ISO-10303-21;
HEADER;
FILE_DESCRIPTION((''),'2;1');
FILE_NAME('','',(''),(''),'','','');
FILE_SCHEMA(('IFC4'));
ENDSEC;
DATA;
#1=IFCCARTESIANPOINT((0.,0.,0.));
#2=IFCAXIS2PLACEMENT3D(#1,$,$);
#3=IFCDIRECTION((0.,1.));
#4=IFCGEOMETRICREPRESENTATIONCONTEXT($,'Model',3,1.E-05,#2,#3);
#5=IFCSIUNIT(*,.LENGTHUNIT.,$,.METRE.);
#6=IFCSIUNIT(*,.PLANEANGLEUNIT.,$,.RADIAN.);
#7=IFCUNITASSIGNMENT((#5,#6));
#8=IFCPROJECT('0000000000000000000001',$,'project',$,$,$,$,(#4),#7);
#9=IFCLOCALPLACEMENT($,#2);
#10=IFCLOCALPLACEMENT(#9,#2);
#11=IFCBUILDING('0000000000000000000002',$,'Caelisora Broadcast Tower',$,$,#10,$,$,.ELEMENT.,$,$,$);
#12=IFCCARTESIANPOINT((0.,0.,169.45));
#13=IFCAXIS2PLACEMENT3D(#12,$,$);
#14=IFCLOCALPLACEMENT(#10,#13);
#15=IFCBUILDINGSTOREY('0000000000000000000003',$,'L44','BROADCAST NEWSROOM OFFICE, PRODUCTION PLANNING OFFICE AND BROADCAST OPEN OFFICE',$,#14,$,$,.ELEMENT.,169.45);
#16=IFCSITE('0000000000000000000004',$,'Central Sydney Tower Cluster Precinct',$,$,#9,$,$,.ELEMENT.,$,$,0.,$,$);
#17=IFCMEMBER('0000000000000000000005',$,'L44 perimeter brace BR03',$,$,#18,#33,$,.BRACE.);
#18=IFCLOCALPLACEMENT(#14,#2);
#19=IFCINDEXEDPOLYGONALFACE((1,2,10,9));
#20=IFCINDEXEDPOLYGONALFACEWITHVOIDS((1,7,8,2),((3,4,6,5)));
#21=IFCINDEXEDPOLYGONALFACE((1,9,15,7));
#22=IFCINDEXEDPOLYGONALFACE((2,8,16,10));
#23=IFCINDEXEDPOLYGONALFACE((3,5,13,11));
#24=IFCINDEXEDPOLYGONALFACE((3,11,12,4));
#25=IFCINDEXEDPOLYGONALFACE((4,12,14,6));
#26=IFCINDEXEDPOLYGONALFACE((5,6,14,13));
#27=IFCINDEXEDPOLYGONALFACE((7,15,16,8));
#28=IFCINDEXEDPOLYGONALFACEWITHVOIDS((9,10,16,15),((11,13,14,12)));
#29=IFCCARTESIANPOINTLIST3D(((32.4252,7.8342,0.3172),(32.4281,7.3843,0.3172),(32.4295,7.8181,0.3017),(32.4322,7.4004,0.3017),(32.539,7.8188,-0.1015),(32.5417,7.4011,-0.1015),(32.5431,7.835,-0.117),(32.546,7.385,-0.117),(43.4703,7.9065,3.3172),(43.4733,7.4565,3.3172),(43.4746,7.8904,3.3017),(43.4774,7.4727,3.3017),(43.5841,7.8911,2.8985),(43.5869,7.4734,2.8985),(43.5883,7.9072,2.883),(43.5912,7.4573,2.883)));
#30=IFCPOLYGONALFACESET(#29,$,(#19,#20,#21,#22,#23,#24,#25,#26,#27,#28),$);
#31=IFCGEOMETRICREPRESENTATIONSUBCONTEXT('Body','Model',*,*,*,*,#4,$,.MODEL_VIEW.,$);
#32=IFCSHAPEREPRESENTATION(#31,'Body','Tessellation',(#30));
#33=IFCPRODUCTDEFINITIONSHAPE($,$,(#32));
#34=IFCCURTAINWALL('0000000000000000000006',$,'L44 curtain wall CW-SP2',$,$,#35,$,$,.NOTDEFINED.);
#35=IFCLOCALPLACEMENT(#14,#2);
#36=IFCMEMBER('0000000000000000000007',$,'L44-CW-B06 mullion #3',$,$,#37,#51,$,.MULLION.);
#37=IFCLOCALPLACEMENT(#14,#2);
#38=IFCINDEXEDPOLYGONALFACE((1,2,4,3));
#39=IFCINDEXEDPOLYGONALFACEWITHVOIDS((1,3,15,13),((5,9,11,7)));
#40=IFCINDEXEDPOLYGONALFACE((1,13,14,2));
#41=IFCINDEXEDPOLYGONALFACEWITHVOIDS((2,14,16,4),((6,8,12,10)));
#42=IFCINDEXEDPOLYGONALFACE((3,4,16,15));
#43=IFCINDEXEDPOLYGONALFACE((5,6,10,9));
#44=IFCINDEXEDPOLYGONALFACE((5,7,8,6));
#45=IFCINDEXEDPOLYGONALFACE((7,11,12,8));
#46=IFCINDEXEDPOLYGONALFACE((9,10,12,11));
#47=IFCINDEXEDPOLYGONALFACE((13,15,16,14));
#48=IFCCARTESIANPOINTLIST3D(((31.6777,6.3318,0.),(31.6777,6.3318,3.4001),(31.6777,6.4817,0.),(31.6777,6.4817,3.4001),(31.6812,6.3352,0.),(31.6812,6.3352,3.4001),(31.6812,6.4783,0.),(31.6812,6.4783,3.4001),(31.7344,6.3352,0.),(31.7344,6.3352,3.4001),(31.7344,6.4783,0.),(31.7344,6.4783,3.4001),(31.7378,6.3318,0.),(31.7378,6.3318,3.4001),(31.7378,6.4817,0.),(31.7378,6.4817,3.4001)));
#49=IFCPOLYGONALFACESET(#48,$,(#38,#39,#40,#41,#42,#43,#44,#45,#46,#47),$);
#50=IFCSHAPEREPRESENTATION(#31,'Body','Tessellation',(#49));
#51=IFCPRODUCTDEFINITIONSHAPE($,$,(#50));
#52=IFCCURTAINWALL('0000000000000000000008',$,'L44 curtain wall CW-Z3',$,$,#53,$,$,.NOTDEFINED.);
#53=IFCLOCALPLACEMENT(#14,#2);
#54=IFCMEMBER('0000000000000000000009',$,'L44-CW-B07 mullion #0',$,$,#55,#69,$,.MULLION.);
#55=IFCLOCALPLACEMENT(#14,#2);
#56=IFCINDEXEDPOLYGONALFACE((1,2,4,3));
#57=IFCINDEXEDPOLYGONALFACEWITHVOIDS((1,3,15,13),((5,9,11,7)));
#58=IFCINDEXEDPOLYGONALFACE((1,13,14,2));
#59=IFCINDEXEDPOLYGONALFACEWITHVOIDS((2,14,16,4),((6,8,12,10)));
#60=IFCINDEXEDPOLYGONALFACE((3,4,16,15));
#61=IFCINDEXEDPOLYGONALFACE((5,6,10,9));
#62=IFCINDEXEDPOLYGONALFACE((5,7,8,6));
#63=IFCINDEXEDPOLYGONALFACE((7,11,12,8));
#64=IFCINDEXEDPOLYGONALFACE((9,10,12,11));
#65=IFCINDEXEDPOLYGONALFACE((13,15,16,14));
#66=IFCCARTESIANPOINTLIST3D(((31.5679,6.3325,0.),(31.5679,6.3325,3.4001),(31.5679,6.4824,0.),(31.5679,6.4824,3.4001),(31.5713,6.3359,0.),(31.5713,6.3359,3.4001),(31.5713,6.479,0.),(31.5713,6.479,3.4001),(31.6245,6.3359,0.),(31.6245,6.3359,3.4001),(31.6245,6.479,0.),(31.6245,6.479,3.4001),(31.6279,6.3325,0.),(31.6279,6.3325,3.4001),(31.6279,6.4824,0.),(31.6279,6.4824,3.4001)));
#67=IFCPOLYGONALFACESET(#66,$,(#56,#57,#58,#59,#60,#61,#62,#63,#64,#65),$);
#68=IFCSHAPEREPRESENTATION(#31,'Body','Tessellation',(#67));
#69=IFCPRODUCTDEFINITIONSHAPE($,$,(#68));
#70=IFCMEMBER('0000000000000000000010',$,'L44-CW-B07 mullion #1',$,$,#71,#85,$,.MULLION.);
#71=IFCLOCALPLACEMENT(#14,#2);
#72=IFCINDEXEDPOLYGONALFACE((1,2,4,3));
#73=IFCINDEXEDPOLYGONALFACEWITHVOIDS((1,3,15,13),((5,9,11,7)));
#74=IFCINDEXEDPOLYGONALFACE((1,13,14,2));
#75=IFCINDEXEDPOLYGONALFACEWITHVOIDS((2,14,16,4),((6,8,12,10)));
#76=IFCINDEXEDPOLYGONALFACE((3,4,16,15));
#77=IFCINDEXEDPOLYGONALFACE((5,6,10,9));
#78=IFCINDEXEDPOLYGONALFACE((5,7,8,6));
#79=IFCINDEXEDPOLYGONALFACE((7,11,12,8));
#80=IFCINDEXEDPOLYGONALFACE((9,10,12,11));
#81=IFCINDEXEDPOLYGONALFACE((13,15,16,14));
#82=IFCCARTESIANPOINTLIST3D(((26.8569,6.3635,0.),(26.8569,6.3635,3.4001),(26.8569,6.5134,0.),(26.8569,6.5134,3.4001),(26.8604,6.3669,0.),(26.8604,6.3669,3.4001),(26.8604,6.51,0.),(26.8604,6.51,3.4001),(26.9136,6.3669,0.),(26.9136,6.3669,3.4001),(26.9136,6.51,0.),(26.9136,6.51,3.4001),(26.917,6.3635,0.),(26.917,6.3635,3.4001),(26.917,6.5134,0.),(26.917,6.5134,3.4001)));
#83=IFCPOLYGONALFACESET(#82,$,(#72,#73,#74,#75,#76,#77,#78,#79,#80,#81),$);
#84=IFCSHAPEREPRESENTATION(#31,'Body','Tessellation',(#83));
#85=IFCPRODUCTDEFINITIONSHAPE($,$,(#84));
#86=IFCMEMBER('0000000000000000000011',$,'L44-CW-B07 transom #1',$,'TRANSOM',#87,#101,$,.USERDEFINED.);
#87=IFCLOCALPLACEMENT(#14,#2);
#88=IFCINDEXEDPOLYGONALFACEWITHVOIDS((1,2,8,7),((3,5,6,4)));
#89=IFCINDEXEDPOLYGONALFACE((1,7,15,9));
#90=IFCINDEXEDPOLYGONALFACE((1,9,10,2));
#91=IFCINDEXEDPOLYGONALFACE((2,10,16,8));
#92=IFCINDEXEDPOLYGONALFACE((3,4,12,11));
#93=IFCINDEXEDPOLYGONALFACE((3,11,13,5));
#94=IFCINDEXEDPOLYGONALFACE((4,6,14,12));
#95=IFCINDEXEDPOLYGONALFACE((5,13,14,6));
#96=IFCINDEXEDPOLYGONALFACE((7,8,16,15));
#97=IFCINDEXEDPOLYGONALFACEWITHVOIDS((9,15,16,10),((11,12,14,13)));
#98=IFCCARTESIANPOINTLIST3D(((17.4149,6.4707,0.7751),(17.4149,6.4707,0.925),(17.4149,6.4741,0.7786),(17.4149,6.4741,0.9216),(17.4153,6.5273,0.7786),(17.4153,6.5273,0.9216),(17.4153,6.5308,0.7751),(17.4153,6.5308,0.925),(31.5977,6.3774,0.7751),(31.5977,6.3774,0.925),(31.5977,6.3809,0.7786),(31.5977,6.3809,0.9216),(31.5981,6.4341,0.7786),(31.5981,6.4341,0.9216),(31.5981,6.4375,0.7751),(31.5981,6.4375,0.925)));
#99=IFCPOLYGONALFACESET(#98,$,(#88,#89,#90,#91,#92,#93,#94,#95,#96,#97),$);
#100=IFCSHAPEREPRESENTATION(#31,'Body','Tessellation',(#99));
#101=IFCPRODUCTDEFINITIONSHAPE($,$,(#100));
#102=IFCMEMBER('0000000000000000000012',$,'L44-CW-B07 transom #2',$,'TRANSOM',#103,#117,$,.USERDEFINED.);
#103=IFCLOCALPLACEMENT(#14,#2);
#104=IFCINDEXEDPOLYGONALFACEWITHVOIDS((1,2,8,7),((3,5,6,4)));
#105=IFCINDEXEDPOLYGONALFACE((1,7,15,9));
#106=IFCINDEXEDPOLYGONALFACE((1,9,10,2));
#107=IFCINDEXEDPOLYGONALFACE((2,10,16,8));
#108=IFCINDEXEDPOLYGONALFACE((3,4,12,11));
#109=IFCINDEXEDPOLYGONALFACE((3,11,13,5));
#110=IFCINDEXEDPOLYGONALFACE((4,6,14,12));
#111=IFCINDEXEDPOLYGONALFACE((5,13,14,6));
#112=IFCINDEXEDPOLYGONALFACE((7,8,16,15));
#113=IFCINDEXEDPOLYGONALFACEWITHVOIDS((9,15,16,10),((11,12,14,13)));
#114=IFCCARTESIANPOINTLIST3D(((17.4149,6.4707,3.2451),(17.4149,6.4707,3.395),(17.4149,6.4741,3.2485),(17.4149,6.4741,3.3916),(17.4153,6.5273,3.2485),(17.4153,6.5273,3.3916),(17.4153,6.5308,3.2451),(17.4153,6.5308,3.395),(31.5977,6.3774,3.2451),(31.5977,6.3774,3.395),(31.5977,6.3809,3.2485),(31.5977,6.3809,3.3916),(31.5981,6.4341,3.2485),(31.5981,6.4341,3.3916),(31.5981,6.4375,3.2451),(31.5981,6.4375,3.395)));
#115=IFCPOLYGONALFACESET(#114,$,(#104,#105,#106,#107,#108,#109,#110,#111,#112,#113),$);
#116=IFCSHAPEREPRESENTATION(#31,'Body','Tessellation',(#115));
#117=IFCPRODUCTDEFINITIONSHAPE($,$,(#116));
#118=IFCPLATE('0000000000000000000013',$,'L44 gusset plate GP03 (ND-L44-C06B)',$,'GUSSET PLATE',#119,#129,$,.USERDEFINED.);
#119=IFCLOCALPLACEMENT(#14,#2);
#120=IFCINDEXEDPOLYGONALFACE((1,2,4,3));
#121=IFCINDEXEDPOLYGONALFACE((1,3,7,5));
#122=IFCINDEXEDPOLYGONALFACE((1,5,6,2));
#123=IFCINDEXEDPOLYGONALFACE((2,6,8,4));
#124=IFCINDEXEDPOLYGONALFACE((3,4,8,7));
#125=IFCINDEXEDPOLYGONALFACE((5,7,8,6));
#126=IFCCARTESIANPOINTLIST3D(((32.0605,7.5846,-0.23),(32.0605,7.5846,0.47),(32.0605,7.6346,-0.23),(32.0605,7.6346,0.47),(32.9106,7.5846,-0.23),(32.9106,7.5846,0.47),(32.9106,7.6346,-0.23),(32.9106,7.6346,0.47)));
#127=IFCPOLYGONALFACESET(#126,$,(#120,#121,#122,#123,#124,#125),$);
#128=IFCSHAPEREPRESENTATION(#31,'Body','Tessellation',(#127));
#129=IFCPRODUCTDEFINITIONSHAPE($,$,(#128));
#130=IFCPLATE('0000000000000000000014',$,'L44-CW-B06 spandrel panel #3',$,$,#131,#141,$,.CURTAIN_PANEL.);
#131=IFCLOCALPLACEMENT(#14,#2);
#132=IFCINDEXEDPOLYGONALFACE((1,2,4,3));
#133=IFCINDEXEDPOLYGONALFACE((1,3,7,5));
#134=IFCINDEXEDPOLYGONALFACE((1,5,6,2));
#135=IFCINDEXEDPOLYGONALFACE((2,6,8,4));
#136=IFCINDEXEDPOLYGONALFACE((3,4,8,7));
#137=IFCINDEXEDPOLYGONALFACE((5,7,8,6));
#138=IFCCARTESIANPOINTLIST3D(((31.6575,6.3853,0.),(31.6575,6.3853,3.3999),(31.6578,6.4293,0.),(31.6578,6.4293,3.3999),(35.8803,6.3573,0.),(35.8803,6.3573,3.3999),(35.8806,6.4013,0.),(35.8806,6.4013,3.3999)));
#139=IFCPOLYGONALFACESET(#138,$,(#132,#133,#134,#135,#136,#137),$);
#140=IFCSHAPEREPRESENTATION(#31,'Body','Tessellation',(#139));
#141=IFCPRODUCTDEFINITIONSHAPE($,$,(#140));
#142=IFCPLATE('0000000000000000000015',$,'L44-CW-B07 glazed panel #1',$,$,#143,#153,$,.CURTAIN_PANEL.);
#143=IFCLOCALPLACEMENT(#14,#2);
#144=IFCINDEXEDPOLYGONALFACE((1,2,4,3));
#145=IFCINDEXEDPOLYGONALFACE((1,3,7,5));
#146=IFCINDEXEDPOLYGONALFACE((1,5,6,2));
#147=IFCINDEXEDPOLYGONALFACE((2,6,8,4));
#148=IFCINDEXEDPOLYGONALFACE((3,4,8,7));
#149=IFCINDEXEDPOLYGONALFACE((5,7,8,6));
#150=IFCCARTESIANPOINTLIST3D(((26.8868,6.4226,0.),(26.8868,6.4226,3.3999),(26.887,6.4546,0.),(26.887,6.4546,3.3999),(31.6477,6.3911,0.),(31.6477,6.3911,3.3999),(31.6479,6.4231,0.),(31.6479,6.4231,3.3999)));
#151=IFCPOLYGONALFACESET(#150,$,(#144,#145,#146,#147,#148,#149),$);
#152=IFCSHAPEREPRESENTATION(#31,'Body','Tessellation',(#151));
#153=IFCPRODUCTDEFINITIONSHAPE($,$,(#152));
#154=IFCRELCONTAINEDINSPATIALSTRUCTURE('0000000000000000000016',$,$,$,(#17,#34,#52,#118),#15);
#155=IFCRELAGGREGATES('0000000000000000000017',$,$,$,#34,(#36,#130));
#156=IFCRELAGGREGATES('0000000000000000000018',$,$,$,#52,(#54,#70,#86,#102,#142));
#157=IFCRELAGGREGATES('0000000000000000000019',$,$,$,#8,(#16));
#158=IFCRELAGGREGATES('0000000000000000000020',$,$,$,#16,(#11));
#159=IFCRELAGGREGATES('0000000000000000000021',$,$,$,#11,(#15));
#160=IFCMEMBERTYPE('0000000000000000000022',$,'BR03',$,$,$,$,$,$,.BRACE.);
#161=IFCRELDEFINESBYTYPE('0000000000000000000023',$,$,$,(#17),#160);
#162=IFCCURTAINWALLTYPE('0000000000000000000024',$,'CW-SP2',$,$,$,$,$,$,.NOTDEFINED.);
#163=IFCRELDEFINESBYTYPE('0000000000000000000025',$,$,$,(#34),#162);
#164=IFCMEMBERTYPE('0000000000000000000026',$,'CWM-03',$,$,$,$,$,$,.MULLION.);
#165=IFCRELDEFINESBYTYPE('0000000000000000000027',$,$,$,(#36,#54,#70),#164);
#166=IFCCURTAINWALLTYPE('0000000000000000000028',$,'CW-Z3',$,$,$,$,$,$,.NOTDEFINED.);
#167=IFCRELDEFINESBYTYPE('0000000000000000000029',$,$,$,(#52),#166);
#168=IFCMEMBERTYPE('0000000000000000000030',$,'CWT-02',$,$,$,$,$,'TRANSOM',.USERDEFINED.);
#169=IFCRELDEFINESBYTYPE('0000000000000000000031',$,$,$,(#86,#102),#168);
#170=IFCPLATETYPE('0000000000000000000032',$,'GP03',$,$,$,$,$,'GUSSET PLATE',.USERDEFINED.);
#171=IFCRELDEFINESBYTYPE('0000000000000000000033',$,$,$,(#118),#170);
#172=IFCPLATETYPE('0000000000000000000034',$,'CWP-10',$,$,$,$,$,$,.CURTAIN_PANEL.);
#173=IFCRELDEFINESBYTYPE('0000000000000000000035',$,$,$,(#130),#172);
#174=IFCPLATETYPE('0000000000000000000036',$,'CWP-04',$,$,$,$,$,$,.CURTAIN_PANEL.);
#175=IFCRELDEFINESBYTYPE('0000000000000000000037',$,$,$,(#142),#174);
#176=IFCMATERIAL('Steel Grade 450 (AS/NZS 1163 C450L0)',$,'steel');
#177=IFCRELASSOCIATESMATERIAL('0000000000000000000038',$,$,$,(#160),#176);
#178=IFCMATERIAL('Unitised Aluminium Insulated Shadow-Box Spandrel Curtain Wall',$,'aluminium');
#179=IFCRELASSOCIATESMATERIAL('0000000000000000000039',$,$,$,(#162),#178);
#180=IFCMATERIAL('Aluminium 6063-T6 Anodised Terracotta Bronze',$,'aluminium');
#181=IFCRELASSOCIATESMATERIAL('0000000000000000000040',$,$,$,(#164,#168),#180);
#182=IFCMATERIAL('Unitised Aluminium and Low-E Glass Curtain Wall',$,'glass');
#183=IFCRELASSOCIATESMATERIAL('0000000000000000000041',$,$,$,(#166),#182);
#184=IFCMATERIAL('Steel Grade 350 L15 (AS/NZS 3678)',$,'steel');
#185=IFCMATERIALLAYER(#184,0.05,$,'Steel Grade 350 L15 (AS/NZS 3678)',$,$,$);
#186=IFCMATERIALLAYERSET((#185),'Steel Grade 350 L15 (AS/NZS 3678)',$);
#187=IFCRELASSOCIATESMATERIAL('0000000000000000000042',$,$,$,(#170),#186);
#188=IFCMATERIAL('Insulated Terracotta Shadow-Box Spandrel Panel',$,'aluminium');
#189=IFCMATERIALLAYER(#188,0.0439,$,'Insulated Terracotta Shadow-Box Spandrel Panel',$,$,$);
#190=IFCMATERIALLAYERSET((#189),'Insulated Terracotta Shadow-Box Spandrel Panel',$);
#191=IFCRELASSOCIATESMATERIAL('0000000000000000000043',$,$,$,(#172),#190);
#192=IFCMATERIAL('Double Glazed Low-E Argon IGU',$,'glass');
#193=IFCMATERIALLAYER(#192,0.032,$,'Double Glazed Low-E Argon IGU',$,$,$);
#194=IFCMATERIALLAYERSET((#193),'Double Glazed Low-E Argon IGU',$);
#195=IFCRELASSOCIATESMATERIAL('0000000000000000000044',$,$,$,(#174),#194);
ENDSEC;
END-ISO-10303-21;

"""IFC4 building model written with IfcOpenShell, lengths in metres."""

from ifc_helpers import new_model, si_unit, direction, frame, origin, origin_2d, place, context, subcontext, project, spatial, rectangle, hollow_rectangle, extrude, source, transform, mapped, material, layer, layer_set, material_profile, profile_set, type_object, type_shapes, element, aggregate, save


model = new_model("IFC4")

# Units and contexts
model_context = context("Model", 3, precision=1e-05, world=origin(), true_north=direction((0.0, 1.0)))
body_context = subcontext(model_context, "Body", "Model", "MODEL_VIEW")
ifc_project = project(units=[si_unit("LENGTHUNIT", "METRE"), si_unit("PLANEANGLEUNIT", "RADIAN")], contexts=[model_context])

# Site, building, storey
site_placement = place(None, origin())
site = spatial("IfcSite", under=ifc_project, at=site_placement, Name="Central Sydney Tower Cluster Precinct", CompositionType="ELEMENT", RefElevation=0.0)
building_placement = place(site_placement, origin())
building = spatial("IfcBuilding", under=site, at=building_placement, Name="Caelisora Broadcast Tower", CompositionType="ELEMENT")
storey_placement = place(building_placement, frame((0.0, 0.0, 169.45)))
storey = spatial("IfcBuildingStorey", under=building, at=storey_placement, Name="L44", Description="BROADCAST NEWSROOM OFFICE, PRODUCTION PLANNING OFFICE AND BROADCAST OPEN OFFICE", CompositionType="ELEMENT", Elevation=169.45)

# Shared definitions
ifc_material_1 = material(Name="Steel Grade 350 L15 (AS/NZS 3678)", Category="steel")

# Member
ifc_material_2 = material(Name="Steel Grade 450 (AS/NZS 1163 C450L0)", Category="steel")
ifc_material_profile_1 = material_profile(ifc_material_2, hollow_rectangle(XDim=0.45, YDim=0.45, WallThickness=0.0161, at=origin_2d()), Name="Steel Grade 450 (AS/NZS 1163 C450L0)")
ifc_profile_set_1 = profile_set([ifc_material_profile_1], Name="Steel Grade 450 (AS/NZS 1163 C450L0)")
member_type_1 = type_object("IfcMemberType", Name="BR03", PredefinedType="BRACE", material=ifc_profile_set_1)
shared_shape_1 = source(origin(), body_context, "Body", "SweptSolid", [
    extrude(hollow_rectangle(XDim=0.45, YDim=0.45, WallThickness=0.0161, at=origin_2d()), origin(), (0.0, 0.0, 1.0), 11.4456),
])
type_shapes(member_type_1, [shared_shape_1])
member_1_placement = place(storey_placement, frame((32.4856, 7.6096, 0.1001), z_axis=(0.965017, 0.006314, 0.26211), x_axis=(-0.006543, 0.999979, 0.0)))
element("IfcMember", 1, at=member_1_placement, inside=storey, type_object=member_type_1, Name="L44 perimeter brace BR03", PredefinedType="BRACE", context=body_context, shape_type="MappedRepresentation", body=[
    mapped(shared_shape_1, transform((0.0, 0.0, 0.0), scale=1.0)),
])

# Curtain wall, member
ifc_material_3 = material(Name="Unitised Aluminium Insulated Shadow-Box Spandrel Curtain Wall", Category="aluminium")
curtain_wall_type_1 = type_object("IfcCurtainWallType", Name="CW-SP2", PredefinedType="NOTDEFINED", material=ifc_material_3)
curtain_wall_1_placement = place(storey_placement, origin())
curtain_wall_1 = element("IfcCurtainWall", 2, at=curtain_wall_1_placement, inside=storey, type_object=curtain_wall_type_1, Name="L44 curtain wall CW-SP2", PredefinedType="NOTDEFINED")
ifc_material_4 = material(Name="Aluminium 6063-T6 Anodised Terracotta Bronze", Category="aluminium")
ifc_material_profile_2 = material_profile(ifc_material_4, hollow_rectangle(XDim=0.0601, YDim=0.1499, WallThickness=0.0034, at=origin_2d()), Name="Aluminium 6063-T6 Anodised Terracotta Bronze")
ifc_profile_set_2 = profile_set([ifc_material_profile_2], Name="Aluminium 6063-T6 Anodised Terracotta Bronze")
member_type_2 = type_object("IfcMemberType", Name="CWM-03", PredefinedType="MULLION", material=ifc_profile_set_2)
shared_shape_2 = source(origin(), body_context, "Body", "SweptSolid", [
    extrude(hollow_rectangle(XDim=0.0601, YDim=0.1499, WallThickness=0.0034, at=origin_2d()), origin(), (0.0, 0.0, 1.0), 3.4001),
])
type_shapes(member_type_2, [shared_shape_2])
member_2_placement = place(storey_placement, frame((31.7078, 6.4067, 0.0), z_axis=(0.0, 0.0, 1.0), x_axis=(1.0, 0.0, 0.0)))
member_2 = element("IfcMember", 3, at=member_2_placement, type_object=member_type_2, Name="L44-CW-B06 mullion #3", PredefinedType="MULLION", context=body_context, shape_type="MappedRepresentation", body=[
    mapped(shared_shape_2, transform((0.0, 0.0, 0.0), scale=1.0)),
])

# Curtain wall, members
ifc_material_5 = material(Name="Unitised Aluminium and Low-E Glass Curtain Wall", Category="glass")
curtain_wall_type_2 = type_object("IfcCurtainWallType", Name="CW-Z3", PredefinedType="NOTDEFINED", material=ifc_material_5)
curtain_wall_2_placement = place(storey_placement, origin())
curtain_wall_2 = element("IfcCurtainWall", 4, at=curtain_wall_2_placement, inside=storey, type_object=curtain_wall_type_2, Name="L44 curtain wall CW-Z3", PredefinedType="NOTDEFINED")
member_3_placement = place(storey_placement, frame((31.5979, 6.4075, 0.0), z_axis=(0.0, 0.0, 1.0), x_axis=(1.0, 0.0, 0.0)))
member_3 = element("IfcMember", 5, at=member_3_placement, type_object=member_type_2, Name="L44-CW-B07 mullion #0", PredefinedType="MULLION", context=body_context, shape_type="MappedRepresentation", body=[
    mapped(shared_shape_2, transform((0.0, 0.0, 0.0), scale=1.0)),
])
member_4_placement = place(storey_placement, frame((26.887, 6.4385, 0.0), z_axis=(0.0, 0.0, 1.0), x_axis=(1.0, 0.0, 0.0)))
member_4 = element("IfcMember", 6, at=member_4_placement, type_object=member_type_2, Name="L44-CW-B07 mullion #1", PredefinedType="MULLION", context=body_context, shape_type="MappedRepresentation", body=[
    mapped(shared_shape_2, transform((0.0, 0.0, 0.0), scale=1.0)),
])
ifc_material_profile_3 = material_profile(ifc_material_4, hollow_rectangle(XDim=0.0601, YDim=0.1499, WallThickness=0.0034, at=origin_2d()), Name="Aluminium 6063-T6 Anodised Terracotta Bronze")
ifc_profile_set_3 = profile_set([ifc_material_profile_3], Name="Aluminium 6063-T6 Anodised Terracotta Bronze")
member_type_3 = type_object("IfcMemberType", Name="CWT-02", ElementType="TRANSOM", PredefinedType="USERDEFINED", material=ifc_profile_set_3)
shared_shape_3 = source(origin(), body_context, "Body", "SweptSolid", [
    extrude(hollow_rectangle(XDim=0.0601, YDim=0.1499, WallThickness=0.0034, at=origin_2d()), origin(), (0.0, 0.0, 1.0), 14.1831),
])
type_shapes(member_type_3, [shared_shape_3])
member_5_placement = place(storey_placement, frame((31.5979, 6.4075, 0.8501), z_axis=(-0.999978, 0.006576, 0.0), x_axis=(-0.006576, -0.999978, 0.0)))
member_5 = element("IfcMember", 7, at=member_5_placement, type_object=member_type_3, Name="L44-CW-B07 transom #1", ObjectType="TRANSOM", PredefinedType="USERDEFINED", context=body_context, shape_type="MappedRepresentation", body=[
    mapped(shared_shape_3, transform((0.0, 0.0, 0.0), scale=1.0)),
])
member_6_placement = place(storey_placement, frame((31.5979, 6.4075, 3.3201), z_axis=(-0.999978, 0.006576, 0.0), x_axis=(-0.006576, -0.999978, 0.0)))
member_6 = element("IfcMember", 8, at=member_6_placement, type_object=member_type_3, Name="L44-CW-B07 transom #2", ObjectType="TRANSOM", PredefinedType="USERDEFINED", context=body_context, shape_type="MappedRepresentation", body=[
    mapped(shared_shape_3, transform((0.0, 0.0, 0.0), scale=1.0)),
])

# Plates
ifc_layer_1 = layer(ifc_material_1, 0.05, Name="Steel Grade 350 L15 (AS/NZS 3678)")
ifc_layer_set_1 = layer_set([ifc_layer_1], Name="Steel Grade 350 L15 (AS/NZS 3678)")
plate_type_1 = type_object("IfcPlateType", Name="GP03", ElementType="GUSSET PLATE", PredefinedType="USERDEFINED", material=ifc_layer_set_1)
shared_shape_4 = source(origin(), body_context, "Body", "SweptSolid", [
    extrude(rectangle(XDim=0.8501, YDim=0.05, at=origin_2d()), origin(), (0.0, 0.0, 1.0), 0.7),
])
type_shapes(plate_type_1, [shared_shape_4])
plate_1_placement = place(storey_placement, frame((32.4856, 7.6096, -0.23), z_axis=(0.0, 0.0, 1.0), x_axis=(1.0, 0.0, 0.0)))
element("IfcPlate", 9, at=plate_1_placement, inside=storey, type_object=plate_type_1, Name="L44 gusset plate GP03 (ND-L44-C06B)", ObjectType="GUSSET PLATE", PredefinedType="USERDEFINED", context=body_context, shape_type="MappedRepresentation", body=[
    mapped(shared_shape_4, transform((0.0, 0.0, 0.0), scale=1.0)),
])
ifc_material_6 = material(Name="Insulated Terracotta Shadow-Box Spandrel Panel", Category="aluminium")
ifc_layer_2 = layer(ifc_material_6, 0.0439, Name="Insulated Terracotta Shadow-Box Spandrel Panel")
ifc_layer_set_2 = layer_set([ifc_layer_2], Name="Insulated Terracotta Shadow-Box Spandrel Panel")
plate_type_2 = type_object("IfcPlateType", Name="CWP-10", PredefinedType="CURTAIN_PANEL", material=ifc_layer_set_2)
shared_shape_5 = source(origin(), body_context, "Body", "SweptSolid", [
    extrude(rectangle(XDim=4.2229, YDim=0.0439, at=origin_2d()), origin(), (0.0, 0.0, 1.0), 3.3999),
])
type_shapes(plate_type_2, [shared_shape_5])
plate_2_placement = place(storey_placement, frame((33.769, 6.3933, 0.0), z_axis=(0.0, 0.0, 1.0), x_axis=(-0.999978, 0.006632, 0.0)))
plate_2 = element("IfcPlate", 10, at=plate_2_placement, type_object=plate_type_2, Name="L44-CW-B06 spandrel panel #3", PredefinedType="CURTAIN_PANEL", context=body_context, shape_type="MappedRepresentation", body=[
    mapped(shared_shape_5, transform((0.0, 0.0, 0.0), scale=1.0)),
])
aggregate(curtain_wall_1, [member_2, plate_2])
ifc_material_7 = material(Name="Double Glazed Low-E Argon IGU", Category="glass")
ifc_layer_3 = layer(ifc_material_7, 0.032, Name="Double Glazed Low-E Argon IGU")
ifc_layer_set_3 = layer_set([ifc_layer_3], Name="Double Glazed Low-E Argon IGU")
plate_type_3 = type_object("IfcPlateType", Name="CWP-04", PredefinedType="CURTAIN_PANEL", material=ifc_layer_set_3)
shared_shape_6 = source(origin(), body_context, "Body", "SweptSolid", [
    extrude(rectangle(XDim=4.761, YDim=0.032, at=origin_2d()), origin(), (0.0, 0.0, 1.0), 3.3999),
])
type_shapes(plate_type_3, [shared_shape_6])
plate_3_placement = place(storey_placement, frame((29.2673, 6.4229, 0.0), z_axis=(0.0, 0.0, 1.0), x_axis=(-0.999978, 0.006632, 0.0)))
plate_3 = element("IfcPlate", 11, at=plate_3_placement, type_object=plate_type_3, Name="L44-CW-B07 glazed panel #1", PredefinedType="CURTAIN_PANEL", context=body_context, shape_type="MappedRepresentation", body=[
    mapped(shared_shape_6, transform((0.0, 0.0, 0.0), scale=1.0)),
])
aggregate(curtain_wall_2, [member_3, member_4, member_5, member_6, plate_3])

save(model, "model.ifc")
